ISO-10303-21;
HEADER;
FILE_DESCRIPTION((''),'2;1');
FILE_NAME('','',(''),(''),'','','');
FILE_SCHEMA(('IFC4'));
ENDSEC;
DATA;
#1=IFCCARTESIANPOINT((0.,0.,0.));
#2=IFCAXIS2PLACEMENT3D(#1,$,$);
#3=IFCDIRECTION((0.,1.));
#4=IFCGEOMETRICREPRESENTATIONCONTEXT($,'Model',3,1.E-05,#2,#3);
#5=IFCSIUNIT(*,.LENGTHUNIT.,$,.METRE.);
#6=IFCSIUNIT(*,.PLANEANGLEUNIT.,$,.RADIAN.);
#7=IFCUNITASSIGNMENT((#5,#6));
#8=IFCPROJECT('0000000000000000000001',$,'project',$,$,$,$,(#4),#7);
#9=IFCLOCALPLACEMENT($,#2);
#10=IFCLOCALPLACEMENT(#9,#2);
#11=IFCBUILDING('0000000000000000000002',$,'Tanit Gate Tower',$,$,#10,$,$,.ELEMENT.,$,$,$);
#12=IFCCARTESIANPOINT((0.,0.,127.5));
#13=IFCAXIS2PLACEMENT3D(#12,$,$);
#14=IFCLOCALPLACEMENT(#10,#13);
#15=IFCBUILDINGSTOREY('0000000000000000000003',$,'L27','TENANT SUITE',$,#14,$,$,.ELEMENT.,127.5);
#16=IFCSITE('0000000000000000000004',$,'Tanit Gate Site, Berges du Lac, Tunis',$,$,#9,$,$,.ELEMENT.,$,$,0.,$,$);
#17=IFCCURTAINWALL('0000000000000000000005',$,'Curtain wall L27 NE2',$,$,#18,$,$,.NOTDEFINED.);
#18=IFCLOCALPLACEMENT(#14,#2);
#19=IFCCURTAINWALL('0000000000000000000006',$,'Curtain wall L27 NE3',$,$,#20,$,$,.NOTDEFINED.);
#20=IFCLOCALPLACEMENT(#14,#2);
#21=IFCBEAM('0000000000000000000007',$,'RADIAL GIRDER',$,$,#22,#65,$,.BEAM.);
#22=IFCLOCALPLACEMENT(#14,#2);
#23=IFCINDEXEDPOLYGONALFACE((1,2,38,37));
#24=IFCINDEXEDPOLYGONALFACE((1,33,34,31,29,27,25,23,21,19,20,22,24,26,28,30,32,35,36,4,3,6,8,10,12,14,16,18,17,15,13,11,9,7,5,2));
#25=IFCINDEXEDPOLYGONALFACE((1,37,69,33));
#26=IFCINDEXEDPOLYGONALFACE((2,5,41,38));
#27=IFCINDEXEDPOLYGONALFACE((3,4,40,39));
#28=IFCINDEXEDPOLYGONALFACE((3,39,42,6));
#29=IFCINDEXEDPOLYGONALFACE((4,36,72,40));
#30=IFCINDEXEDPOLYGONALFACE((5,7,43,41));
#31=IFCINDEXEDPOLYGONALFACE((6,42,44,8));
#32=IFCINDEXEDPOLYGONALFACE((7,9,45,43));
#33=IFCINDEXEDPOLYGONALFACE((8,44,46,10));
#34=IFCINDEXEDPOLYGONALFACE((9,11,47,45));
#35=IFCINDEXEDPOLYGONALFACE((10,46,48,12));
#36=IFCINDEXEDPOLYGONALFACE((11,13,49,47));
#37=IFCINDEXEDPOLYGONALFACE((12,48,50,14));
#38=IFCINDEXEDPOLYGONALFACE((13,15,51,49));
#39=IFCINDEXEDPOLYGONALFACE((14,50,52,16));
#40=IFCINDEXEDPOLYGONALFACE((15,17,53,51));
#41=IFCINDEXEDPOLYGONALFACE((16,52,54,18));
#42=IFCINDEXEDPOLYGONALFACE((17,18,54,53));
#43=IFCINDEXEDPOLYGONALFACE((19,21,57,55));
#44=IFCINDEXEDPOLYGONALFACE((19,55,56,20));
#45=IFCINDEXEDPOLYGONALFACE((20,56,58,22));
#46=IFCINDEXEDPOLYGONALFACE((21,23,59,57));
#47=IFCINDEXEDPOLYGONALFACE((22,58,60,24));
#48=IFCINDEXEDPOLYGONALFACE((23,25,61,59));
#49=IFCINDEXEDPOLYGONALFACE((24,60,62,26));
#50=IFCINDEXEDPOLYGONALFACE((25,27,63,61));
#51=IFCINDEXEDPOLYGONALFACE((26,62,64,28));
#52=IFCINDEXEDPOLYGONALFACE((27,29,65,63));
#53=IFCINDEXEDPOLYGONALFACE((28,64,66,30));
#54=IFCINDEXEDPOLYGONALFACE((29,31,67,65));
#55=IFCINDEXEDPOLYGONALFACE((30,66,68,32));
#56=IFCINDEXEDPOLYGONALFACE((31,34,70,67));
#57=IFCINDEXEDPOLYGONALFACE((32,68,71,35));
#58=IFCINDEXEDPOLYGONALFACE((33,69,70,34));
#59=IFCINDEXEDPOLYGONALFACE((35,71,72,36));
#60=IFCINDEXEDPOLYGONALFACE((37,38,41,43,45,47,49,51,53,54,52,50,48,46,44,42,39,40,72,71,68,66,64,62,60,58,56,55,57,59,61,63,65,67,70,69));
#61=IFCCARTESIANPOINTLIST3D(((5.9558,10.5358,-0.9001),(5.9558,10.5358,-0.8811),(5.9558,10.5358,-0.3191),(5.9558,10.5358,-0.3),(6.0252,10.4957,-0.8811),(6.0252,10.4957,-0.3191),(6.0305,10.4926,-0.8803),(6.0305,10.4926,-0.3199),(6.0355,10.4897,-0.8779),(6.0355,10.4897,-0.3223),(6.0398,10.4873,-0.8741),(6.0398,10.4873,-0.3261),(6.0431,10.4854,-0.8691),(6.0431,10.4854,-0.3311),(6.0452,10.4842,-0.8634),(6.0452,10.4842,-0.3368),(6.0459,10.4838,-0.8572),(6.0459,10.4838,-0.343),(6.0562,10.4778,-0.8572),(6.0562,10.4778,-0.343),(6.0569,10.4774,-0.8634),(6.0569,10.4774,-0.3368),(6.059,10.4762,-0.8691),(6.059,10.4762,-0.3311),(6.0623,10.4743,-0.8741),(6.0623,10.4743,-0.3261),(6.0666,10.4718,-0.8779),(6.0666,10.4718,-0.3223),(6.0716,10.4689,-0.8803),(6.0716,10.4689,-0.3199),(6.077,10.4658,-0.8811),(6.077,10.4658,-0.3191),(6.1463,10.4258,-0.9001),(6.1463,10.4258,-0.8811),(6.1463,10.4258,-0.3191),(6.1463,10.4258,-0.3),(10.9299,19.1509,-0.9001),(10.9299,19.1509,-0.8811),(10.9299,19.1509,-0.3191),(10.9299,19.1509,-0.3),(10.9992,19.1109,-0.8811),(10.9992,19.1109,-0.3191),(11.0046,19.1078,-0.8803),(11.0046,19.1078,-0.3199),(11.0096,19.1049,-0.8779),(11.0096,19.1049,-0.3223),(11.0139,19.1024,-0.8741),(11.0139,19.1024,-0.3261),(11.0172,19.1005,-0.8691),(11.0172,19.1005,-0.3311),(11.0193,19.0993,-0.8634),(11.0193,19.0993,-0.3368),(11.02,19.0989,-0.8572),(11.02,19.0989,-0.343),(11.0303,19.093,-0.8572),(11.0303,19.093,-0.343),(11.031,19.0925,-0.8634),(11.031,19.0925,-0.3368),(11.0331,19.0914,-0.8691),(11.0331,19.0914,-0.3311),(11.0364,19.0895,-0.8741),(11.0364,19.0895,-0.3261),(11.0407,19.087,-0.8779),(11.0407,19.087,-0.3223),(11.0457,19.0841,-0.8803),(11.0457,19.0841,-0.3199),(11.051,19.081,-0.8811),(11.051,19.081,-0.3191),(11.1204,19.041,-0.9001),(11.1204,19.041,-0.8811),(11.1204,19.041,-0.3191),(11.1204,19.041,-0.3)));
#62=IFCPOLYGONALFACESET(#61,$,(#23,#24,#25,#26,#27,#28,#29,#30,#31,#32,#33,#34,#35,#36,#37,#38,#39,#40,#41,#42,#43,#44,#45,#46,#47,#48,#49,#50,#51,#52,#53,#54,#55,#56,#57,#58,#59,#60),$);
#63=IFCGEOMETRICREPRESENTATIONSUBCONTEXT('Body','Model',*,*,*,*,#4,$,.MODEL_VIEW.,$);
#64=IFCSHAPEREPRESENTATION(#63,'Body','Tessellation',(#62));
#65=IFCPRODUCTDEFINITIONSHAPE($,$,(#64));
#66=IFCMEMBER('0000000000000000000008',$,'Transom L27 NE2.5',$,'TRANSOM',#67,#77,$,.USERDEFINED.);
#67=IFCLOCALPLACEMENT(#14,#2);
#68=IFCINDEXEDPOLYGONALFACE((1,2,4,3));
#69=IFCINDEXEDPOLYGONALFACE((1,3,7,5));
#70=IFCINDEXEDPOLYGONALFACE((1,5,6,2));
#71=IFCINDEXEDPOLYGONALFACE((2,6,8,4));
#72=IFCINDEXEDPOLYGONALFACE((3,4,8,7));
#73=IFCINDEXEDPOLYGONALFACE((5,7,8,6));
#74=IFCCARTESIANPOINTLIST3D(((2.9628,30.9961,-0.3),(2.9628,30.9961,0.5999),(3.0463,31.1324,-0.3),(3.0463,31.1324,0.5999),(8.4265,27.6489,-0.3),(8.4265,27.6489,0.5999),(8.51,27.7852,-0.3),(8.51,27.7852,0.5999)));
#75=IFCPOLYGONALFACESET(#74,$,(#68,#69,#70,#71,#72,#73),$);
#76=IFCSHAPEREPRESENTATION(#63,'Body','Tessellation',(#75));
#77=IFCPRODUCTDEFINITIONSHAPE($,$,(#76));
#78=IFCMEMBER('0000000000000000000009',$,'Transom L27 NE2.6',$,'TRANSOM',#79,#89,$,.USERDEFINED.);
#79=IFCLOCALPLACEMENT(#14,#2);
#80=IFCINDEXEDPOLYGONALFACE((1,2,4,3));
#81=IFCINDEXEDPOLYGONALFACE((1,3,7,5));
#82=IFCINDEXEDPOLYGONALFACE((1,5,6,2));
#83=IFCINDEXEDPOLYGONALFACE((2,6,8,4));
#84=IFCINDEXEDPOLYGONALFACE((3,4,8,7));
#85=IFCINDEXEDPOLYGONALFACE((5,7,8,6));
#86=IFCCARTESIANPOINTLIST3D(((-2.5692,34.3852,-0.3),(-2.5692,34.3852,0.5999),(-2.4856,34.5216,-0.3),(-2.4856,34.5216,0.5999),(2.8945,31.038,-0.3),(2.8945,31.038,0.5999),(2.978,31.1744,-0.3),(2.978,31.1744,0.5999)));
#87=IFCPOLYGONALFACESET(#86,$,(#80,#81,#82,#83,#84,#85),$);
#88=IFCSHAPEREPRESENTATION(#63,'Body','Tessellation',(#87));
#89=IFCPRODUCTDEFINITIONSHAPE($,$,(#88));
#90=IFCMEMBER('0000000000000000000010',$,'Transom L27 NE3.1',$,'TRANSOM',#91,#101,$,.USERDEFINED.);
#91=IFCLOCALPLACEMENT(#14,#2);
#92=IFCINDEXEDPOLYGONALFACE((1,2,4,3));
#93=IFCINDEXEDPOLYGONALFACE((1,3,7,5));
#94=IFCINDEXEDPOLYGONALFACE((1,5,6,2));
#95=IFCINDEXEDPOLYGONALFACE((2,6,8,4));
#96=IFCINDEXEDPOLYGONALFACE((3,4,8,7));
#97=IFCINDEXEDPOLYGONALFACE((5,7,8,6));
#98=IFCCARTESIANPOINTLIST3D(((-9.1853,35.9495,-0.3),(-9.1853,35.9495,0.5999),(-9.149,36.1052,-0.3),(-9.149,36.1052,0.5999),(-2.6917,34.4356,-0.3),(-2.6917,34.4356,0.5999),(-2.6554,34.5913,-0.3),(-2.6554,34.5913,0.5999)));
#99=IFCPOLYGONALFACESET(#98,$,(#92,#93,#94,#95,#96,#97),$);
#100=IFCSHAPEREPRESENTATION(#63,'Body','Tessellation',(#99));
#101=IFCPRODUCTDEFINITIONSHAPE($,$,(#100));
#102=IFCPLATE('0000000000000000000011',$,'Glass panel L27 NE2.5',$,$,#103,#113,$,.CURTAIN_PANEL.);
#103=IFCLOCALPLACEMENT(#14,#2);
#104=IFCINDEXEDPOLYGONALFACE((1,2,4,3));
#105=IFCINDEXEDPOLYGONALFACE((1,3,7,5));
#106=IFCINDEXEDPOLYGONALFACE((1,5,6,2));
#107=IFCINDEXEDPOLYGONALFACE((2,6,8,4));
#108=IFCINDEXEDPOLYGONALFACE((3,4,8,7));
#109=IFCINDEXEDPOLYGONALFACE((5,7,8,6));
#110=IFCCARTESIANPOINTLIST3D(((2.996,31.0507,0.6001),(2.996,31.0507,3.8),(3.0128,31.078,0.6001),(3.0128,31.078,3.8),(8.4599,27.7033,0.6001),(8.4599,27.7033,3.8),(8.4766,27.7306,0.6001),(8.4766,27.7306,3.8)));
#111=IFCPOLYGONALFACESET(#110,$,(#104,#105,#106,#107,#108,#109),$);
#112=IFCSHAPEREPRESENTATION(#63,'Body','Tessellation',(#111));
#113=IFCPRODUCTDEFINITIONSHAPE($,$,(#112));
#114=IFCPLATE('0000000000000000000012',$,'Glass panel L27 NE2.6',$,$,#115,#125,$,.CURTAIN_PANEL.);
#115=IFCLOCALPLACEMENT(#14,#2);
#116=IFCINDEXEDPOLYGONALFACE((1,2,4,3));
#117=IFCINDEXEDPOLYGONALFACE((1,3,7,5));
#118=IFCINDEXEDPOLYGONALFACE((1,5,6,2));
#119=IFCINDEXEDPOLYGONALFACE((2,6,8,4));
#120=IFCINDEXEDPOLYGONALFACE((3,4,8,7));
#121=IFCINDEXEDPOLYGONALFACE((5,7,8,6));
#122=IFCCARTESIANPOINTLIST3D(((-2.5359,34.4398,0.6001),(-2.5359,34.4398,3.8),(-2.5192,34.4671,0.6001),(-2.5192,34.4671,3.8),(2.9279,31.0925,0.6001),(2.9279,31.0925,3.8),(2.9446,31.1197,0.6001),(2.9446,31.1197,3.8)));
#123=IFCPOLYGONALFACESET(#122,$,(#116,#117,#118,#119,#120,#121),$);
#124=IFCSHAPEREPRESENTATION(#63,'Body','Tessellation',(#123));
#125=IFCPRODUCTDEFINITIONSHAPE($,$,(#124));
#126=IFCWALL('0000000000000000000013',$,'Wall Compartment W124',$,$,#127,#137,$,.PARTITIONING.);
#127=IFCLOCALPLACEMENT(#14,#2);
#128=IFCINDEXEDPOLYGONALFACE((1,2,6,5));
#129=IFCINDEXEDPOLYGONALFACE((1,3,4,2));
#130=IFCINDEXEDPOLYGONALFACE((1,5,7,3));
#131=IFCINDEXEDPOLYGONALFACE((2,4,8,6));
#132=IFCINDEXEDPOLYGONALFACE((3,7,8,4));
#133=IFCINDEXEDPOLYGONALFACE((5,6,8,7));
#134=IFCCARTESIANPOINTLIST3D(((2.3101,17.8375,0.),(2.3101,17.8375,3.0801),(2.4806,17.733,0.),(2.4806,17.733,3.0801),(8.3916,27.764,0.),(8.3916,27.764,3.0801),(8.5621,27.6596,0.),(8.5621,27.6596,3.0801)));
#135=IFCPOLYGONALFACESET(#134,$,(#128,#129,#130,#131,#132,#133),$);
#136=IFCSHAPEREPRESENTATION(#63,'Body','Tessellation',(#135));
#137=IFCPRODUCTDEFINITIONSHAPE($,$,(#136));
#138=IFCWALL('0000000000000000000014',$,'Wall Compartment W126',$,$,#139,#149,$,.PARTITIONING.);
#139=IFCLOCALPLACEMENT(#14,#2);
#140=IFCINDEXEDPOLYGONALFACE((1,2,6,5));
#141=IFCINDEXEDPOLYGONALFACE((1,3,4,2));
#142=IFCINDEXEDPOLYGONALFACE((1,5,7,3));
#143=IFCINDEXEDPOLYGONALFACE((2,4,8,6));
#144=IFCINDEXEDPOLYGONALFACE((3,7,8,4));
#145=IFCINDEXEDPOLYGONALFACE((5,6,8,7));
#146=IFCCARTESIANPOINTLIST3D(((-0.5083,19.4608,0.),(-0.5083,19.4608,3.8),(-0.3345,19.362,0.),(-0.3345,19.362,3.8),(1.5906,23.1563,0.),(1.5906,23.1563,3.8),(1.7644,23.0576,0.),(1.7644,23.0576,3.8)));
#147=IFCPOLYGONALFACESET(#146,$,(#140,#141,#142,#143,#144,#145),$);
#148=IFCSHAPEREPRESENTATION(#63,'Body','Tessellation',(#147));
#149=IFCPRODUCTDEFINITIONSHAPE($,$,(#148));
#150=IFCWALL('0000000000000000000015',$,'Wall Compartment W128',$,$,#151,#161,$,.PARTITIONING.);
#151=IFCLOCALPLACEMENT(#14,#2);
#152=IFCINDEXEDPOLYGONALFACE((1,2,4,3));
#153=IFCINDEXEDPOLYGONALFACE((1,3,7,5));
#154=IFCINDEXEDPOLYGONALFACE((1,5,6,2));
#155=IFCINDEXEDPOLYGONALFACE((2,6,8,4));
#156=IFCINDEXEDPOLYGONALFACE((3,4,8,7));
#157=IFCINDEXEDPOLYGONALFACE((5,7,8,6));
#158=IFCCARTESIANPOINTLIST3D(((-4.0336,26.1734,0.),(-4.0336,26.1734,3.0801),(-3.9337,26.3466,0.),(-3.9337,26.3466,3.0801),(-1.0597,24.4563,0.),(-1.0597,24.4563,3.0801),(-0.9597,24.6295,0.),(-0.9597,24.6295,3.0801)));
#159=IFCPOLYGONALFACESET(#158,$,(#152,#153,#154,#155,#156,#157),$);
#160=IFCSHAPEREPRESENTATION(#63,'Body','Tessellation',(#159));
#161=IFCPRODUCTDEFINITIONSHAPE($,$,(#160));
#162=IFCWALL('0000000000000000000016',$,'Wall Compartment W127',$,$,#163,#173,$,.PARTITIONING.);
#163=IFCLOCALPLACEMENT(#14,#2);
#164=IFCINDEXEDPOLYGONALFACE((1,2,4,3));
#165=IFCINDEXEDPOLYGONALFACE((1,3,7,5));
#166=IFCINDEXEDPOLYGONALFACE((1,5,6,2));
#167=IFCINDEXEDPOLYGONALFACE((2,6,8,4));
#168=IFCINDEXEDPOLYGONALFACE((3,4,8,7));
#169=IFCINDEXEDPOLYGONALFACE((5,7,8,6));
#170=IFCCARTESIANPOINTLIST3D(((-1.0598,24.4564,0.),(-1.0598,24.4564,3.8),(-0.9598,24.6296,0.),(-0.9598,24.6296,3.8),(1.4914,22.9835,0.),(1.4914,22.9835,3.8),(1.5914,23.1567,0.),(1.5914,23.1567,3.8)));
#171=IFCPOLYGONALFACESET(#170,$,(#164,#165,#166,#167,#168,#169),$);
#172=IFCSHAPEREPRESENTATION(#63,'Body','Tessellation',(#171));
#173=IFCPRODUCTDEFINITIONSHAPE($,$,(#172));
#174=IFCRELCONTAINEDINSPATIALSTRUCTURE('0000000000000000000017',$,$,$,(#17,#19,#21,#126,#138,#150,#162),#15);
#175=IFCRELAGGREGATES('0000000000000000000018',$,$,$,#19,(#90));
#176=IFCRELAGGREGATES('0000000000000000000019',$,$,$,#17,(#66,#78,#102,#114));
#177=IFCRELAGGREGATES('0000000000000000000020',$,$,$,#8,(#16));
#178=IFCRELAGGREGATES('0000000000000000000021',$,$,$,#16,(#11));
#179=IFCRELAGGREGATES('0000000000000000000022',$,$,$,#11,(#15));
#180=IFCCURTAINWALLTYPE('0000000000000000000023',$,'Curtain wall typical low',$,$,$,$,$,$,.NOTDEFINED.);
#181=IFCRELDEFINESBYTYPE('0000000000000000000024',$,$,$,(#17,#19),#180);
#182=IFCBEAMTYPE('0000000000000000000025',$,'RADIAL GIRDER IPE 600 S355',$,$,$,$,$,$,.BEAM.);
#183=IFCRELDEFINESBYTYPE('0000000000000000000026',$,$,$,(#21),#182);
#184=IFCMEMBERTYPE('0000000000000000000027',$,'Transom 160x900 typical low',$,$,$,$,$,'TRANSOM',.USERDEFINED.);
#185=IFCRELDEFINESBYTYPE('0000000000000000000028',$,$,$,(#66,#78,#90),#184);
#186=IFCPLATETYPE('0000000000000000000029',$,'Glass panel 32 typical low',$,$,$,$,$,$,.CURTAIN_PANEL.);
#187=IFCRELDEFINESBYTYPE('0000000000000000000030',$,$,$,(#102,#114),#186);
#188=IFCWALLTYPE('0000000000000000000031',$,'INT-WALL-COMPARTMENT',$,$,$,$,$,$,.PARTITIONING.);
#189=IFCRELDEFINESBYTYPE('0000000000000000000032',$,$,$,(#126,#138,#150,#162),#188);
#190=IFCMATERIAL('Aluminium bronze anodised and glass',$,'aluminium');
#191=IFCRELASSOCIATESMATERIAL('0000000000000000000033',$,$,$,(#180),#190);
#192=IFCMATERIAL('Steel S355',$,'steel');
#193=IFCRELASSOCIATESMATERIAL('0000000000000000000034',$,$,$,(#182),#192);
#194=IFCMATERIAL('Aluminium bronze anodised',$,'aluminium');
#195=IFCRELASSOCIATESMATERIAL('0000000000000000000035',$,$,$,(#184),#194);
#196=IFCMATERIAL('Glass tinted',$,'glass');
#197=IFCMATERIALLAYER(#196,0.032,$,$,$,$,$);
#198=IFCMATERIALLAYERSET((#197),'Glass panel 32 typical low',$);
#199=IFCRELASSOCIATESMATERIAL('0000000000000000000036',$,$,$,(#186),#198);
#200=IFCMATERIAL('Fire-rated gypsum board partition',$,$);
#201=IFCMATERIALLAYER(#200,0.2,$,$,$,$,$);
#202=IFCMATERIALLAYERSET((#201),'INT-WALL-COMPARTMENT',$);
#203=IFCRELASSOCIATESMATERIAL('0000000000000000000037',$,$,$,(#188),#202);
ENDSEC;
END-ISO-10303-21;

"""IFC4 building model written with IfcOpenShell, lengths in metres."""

from ifc_helpers import new_model, si_unit, direction, frame, frame_2d, origin, origin_2d, place, context, subcontext, project, spatial, rectangle, i_section, extrude, material, layer, layer_set, material_profile, profile_set, type_object, element, aggregate, save


model = new_model("IFC4")

# Units and contexts
model_context = context("Model", 3, precision=1e-05, world=origin(), true_north=direction((0.0, 1.0)))
body_context = subcontext(model_context, "Body", "Model", "MODEL_VIEW")
ifc_project = project(units=[si_unit("LENGTHUNIT", "METRE"), si_unit("PLANEANGLEUNIT", "RADIAN")], contexts=[model_context])

# Site, building, storey
site_placement = place(None, origin())
site = spatial("IfcSite", under=ifc_project, at=site_placement, Name="Tanit Gate Site, Berges du Lac, Tunis", CompositionType="ELEMENT", RefElevation=0.0)
building_placement = place(site_placement, origin())
building = spatial("IfcBuilding", under=site, at=building_placement, Name="Tanit Gate Tower", CompositionType="ELEMENT")
storey_placement = place(building_placement, frame((0.0, 0.0, 127.5)))
storey = spatial("IfcBuildingStorey", under=building, at=storey_placement, Name="L27", Description="TENANT SUITE", CompositionType="ELEMENT", Elevation=127.5)

# Curtain wall
ifc_material_1 = material(Name="Aluminium bronze anodised and glass", Category="aluminium")
curtain_wall_type = type_object("IfcCurtainWallType", Name="Curtain wall typical low", PredefinedType="NOTDEFINED", material=ifc_material_1)
curtain_wall_1_placement = place(storey_placement, origin())
curtain_wall_1 = element("IfcCurtainWall", 1, at=curtain_wall_1_placement, inside=storey, type_object=curtain_wall_type, Name="Curtain wall L27 NE2", PredefinedType="NOTDEFINED")

# Curtain wall
curtain_wall_2_placement = place(storey_placement, origin())
curtain_wall_2 = element("IfcCurtainWall", 2, at=curtain_wall_2_placement, inside=storey, type_object=curtain_wall_type, Name="Curtain wall L27 NE3", PredefinedType="NOTDEFINED")

# Beam
ifc_material_2 = material(Name="Steel S355", Category="steel")
ifc_material_profile_1 = material_profile(ifc_material_2, i_section(OverallWidth=0.22, OverallDepth=0.6001, WebThickness=0.012, FlangeThickness=0.019, FilletRadius=0.0239, at=origin_2d()), Name="IPE 600")
ifc_profile_set_1 = profile_set([ifc_material_profile_1], Name="Steel S355")
beam_type_1 = type_object("IfcBeamType", Name="RADIAL GIRDER IPE 600 S355", PredefinedType="BEAM", material=ifc_profile_set_1)
beam_1_placement = place(storey_placement, frame((11.0251, 19.0959, -0.6001), z_axis=(-0.500009, -0.86602, 0.0), x_axis=(0.86602, -0.500009, 0.0)))
element("IfcBeam", 3, at=beam_1_placement, inside=storey, type_object=beam_type_1, Name="RADIAL GIRDER", PredefinedType="BEAM", context=body_context, shape_type="SweptSolid", body=[
    extrude(i_section(OverallWidth=0.22, OverallDepth=0.6001, WebThickness=0.012, FlangeThickness=0.019, FilletRadius=0.0239, at=origin_2d()), origin(), (0.0, 0.0, 1.0), 9.948),
])

# Members
ifc_material_3 = material(Name="Aluminium bronze anodised", Category="aluminium")
ifc_material_profile_2 = material_profile(ifc_material_3, rectangle(XDim=0.1599, YDim=0.8999, at=origin_2d()), Name="160x900 bronze transom")
ifc_profile_set_2 = profile_set([ifc_material_profile_2], Name="Aluminium bronze anodised")
member_type_1 = type_object("IfcMemberType", Name="Transom 160x900 typical low", ElementType="TRANSOM", PredefinedType="USERDEFINED", material=ifc_profile_set_2)
member_1_placement = place(storey_placement, frame((8.4683, 27.717, 0.1499), z_axis=(-0.852706, 0.522391, 0.0), x_axis=(-0.522391, -0.852706, 0.0)))
member_1 = element("IfcMember", 4, at=member_1_placement, type_object=member_type_1, Name="Transom L27 NE2.5", ObjectType="TRANSOM", PredefinedType="USERDEFINED", context=body_context, shape_type="SweptSolid", body=[
    extrude(rectangle(XDim=0.1599, YDim=0.8999, at=origin_2d()), origin(), (0.0, 0.0, 1.0), 6.4075),
])
member_2_placement = place(storey_placement, frame((2.9363, 31.1062, 0.1499), z_axis=(-0.852706, 0.522391, 0.0), x_axis=(-0.522391, -0.852706, 0.0)))
member_2 = element("IfcMember", 5, at=member_2_placement, type_object=member_type_1, Name="Transom L27 NE2.6", ObjectType="TRANSOM", PredefinedType="USERDEFINED", context=body_context, shape_type="SweptSolid", body=[
    extrude(rectangle(XDim=0.1599, YDim=0.8999, at=origin_2d()), origin(), (0.0, 0.0, 1.0), 6.4075),
])
member_3_placement = place(storey_placement, frame((-2.6736, 34.5134, 0.1499), z_axis=(-0.973883, 0.227049, 0.0), x_axis=(-0.227049, -0.973883, 0.0)))
member_3 = element("IfcMember", 6, at=member_3_placement, type_object=member_type_1, Name="Transom L27 NE3.1", ObjectType="TRANSOM", PredefinedType="USERDEFINED", context=body_context, shape_type="SweptSolid", body=[
    extrude(rectangle(XDim=0.1599, YDim=0.8999, at=origin_2d()), origin(), (0.0, 0.0, 1.0), 6.6677),
])
aggregate(curtain_wall_2, [member_3])

# Plates
ifc_material_4 = material(Name="Glass tinted", Category="glass")
ifc_layer_1 = layer(ifc_material_4, 0.032)
ifc_layer_set_1 = layer_set([ifc_layer_1], Name="Glass panel 32 typical low")
plate_type = type_object("IfcPlateType", Name="Glass panel 32 typical low", PredefinedType="CURTAIN_PANEL", material=ifc_layer_set_1)
plate_1_placement = place(storey_placement, frame((5.7363, 29.3906, 0.6001), z_axis=(0.0, 0.0, 1.0), x_axis=(-0.8527, 0.522401, 0.0)))
plate_1 = element("IfcPlate", 7, at=plate_1_placement, type_object=plate_type, Name="Glass panel L27 NE2.5", PredefinedType="CURTAIN_PANEL", context=body_context, shape_type="SweptSolid", body=[
    extrude(rectangle(XDim=6.4077, YDim=0.032, at=origin_2d()), origin(), (0.0, 0.0, 1.0), 3.2),
])
plate_2_placement = place(storey_placement, frame((0.2043, 32.7798, 0.6001), z_axis=(0.0, 0.0, 1.0), x_axis=(-0.8527, 0.522401, 0.0)))
plate_2 = element("IfcPlate", 8, at=plate_2_placement, type_object=plate_type, Name="Glass panel L27 NE2.6", PredefinedType="CURTAIN_PANEL", context=body_context, shape_type="SweptSolid", body=[
    extrude(rectangle(XDim=6.4077, YDim=0.032, at=origin_2d()), origin(), (0.0, 0.0, 1.0), 3.2),
])
aggregate(curtain_wall_1, [member_1, member_2, plate_1, plate_2])

# Walls
ifc_material_5 = material(Name="Fire-rated gypsum board partition")
ifc_layer_2 = layer(ifc_material_5, 0.2)
ifc_layer_set_2 = layer_set([ifc_layer_2], Name="INT-WALL-COMPARTMENT")
wall_type_1 = type_object("IfcWallType", Name="INT-WALL-COMPARTMENT", PredefinedType="PARTITIONING", material=ifc_layer_set_2)
wall_1_placement = place(storey_placement, frame((2.3953, 17.7852, 0.0), z_axis=(0.0, 0.0, 1.0), x_axis=(0.522409, 0.852695, 0.0)))
element("IfcWall", 9, at=wall_1_placement, inside=storey, type_object=wall_type_1, Name="Wall Compartment W124", PredefinedType="PARTITIONING", context=body_context, shape_type="SweptSolid", body=[
    extrude(rectangle(XDim=11.6414, YDim=0.2, at=frame_2d((5.8208, 0.0))), origin(), (0.0, 0.0, 1.0), 3.0801),
])
wall_2_placement = place(storey_placement, frame((-0.4214, 19.4114, 0.0), z_axis=(0.0, 0.0, 1.0), x_axis=(0.493854, 0.869545, 0.0)))
element("IfcWall", 10, at=wall_2_placement, inside=storey, type_object=wall_type_1, Name="Wall Compartment W126", PredefinedType="PARTITIONING", context=body_context, shape_type="SweptSolid", body=[
    extrude(rectangle(XDim=4.25, YDim=0.2, at=frame_2d((2.125, 0.0))), origin(), (0.0, 0.0, 1.0), 3.8),
])
wall_3_placement = place(storey_placement, frame((-3.9836, 26.26, 0.0), z_axis=(0.0, 0.0, 1.0), x_axis=(0.866016, -0.500016, 0.0)))
element("IfcWall", 11, at=wall_3_placement, inside=storey, type_object=wall_type_1, Name="Wall Compartment W128", PredefinedType="PARTITIONING", context=body_context, shape_type="SweptSolid", body=[
    extrude(rectangle(XDim=3.4341, YDim=0.2, at=frame_2d((1.717, 0.0))), origin(), (0.0, 0.0, 1.0), 3.0801),
])
wall_4_placement = place(storey_placement, frame((-1.0098, 24.543, 0.0), z_axis=(0.0, 0.0, 1.0), x_axis=(0.866037, -0.499981, 0.0)))
element("IfcWall", 12, at=wall_4_placement, inside=storey, type_object=wall_type_1, Name="Wall Compartment W127", PredefinedType="PARTITIONING", context=body_context, shape_type="SweptSolid", body=[
    extrude(rectangle(XDim=2.9458, YDim=0.2, at=frame_2d((1.4729, 0.0))), origin(), (0.0, 0.0, 1.0), 3.8),
])

save(model, "model.ifc")
